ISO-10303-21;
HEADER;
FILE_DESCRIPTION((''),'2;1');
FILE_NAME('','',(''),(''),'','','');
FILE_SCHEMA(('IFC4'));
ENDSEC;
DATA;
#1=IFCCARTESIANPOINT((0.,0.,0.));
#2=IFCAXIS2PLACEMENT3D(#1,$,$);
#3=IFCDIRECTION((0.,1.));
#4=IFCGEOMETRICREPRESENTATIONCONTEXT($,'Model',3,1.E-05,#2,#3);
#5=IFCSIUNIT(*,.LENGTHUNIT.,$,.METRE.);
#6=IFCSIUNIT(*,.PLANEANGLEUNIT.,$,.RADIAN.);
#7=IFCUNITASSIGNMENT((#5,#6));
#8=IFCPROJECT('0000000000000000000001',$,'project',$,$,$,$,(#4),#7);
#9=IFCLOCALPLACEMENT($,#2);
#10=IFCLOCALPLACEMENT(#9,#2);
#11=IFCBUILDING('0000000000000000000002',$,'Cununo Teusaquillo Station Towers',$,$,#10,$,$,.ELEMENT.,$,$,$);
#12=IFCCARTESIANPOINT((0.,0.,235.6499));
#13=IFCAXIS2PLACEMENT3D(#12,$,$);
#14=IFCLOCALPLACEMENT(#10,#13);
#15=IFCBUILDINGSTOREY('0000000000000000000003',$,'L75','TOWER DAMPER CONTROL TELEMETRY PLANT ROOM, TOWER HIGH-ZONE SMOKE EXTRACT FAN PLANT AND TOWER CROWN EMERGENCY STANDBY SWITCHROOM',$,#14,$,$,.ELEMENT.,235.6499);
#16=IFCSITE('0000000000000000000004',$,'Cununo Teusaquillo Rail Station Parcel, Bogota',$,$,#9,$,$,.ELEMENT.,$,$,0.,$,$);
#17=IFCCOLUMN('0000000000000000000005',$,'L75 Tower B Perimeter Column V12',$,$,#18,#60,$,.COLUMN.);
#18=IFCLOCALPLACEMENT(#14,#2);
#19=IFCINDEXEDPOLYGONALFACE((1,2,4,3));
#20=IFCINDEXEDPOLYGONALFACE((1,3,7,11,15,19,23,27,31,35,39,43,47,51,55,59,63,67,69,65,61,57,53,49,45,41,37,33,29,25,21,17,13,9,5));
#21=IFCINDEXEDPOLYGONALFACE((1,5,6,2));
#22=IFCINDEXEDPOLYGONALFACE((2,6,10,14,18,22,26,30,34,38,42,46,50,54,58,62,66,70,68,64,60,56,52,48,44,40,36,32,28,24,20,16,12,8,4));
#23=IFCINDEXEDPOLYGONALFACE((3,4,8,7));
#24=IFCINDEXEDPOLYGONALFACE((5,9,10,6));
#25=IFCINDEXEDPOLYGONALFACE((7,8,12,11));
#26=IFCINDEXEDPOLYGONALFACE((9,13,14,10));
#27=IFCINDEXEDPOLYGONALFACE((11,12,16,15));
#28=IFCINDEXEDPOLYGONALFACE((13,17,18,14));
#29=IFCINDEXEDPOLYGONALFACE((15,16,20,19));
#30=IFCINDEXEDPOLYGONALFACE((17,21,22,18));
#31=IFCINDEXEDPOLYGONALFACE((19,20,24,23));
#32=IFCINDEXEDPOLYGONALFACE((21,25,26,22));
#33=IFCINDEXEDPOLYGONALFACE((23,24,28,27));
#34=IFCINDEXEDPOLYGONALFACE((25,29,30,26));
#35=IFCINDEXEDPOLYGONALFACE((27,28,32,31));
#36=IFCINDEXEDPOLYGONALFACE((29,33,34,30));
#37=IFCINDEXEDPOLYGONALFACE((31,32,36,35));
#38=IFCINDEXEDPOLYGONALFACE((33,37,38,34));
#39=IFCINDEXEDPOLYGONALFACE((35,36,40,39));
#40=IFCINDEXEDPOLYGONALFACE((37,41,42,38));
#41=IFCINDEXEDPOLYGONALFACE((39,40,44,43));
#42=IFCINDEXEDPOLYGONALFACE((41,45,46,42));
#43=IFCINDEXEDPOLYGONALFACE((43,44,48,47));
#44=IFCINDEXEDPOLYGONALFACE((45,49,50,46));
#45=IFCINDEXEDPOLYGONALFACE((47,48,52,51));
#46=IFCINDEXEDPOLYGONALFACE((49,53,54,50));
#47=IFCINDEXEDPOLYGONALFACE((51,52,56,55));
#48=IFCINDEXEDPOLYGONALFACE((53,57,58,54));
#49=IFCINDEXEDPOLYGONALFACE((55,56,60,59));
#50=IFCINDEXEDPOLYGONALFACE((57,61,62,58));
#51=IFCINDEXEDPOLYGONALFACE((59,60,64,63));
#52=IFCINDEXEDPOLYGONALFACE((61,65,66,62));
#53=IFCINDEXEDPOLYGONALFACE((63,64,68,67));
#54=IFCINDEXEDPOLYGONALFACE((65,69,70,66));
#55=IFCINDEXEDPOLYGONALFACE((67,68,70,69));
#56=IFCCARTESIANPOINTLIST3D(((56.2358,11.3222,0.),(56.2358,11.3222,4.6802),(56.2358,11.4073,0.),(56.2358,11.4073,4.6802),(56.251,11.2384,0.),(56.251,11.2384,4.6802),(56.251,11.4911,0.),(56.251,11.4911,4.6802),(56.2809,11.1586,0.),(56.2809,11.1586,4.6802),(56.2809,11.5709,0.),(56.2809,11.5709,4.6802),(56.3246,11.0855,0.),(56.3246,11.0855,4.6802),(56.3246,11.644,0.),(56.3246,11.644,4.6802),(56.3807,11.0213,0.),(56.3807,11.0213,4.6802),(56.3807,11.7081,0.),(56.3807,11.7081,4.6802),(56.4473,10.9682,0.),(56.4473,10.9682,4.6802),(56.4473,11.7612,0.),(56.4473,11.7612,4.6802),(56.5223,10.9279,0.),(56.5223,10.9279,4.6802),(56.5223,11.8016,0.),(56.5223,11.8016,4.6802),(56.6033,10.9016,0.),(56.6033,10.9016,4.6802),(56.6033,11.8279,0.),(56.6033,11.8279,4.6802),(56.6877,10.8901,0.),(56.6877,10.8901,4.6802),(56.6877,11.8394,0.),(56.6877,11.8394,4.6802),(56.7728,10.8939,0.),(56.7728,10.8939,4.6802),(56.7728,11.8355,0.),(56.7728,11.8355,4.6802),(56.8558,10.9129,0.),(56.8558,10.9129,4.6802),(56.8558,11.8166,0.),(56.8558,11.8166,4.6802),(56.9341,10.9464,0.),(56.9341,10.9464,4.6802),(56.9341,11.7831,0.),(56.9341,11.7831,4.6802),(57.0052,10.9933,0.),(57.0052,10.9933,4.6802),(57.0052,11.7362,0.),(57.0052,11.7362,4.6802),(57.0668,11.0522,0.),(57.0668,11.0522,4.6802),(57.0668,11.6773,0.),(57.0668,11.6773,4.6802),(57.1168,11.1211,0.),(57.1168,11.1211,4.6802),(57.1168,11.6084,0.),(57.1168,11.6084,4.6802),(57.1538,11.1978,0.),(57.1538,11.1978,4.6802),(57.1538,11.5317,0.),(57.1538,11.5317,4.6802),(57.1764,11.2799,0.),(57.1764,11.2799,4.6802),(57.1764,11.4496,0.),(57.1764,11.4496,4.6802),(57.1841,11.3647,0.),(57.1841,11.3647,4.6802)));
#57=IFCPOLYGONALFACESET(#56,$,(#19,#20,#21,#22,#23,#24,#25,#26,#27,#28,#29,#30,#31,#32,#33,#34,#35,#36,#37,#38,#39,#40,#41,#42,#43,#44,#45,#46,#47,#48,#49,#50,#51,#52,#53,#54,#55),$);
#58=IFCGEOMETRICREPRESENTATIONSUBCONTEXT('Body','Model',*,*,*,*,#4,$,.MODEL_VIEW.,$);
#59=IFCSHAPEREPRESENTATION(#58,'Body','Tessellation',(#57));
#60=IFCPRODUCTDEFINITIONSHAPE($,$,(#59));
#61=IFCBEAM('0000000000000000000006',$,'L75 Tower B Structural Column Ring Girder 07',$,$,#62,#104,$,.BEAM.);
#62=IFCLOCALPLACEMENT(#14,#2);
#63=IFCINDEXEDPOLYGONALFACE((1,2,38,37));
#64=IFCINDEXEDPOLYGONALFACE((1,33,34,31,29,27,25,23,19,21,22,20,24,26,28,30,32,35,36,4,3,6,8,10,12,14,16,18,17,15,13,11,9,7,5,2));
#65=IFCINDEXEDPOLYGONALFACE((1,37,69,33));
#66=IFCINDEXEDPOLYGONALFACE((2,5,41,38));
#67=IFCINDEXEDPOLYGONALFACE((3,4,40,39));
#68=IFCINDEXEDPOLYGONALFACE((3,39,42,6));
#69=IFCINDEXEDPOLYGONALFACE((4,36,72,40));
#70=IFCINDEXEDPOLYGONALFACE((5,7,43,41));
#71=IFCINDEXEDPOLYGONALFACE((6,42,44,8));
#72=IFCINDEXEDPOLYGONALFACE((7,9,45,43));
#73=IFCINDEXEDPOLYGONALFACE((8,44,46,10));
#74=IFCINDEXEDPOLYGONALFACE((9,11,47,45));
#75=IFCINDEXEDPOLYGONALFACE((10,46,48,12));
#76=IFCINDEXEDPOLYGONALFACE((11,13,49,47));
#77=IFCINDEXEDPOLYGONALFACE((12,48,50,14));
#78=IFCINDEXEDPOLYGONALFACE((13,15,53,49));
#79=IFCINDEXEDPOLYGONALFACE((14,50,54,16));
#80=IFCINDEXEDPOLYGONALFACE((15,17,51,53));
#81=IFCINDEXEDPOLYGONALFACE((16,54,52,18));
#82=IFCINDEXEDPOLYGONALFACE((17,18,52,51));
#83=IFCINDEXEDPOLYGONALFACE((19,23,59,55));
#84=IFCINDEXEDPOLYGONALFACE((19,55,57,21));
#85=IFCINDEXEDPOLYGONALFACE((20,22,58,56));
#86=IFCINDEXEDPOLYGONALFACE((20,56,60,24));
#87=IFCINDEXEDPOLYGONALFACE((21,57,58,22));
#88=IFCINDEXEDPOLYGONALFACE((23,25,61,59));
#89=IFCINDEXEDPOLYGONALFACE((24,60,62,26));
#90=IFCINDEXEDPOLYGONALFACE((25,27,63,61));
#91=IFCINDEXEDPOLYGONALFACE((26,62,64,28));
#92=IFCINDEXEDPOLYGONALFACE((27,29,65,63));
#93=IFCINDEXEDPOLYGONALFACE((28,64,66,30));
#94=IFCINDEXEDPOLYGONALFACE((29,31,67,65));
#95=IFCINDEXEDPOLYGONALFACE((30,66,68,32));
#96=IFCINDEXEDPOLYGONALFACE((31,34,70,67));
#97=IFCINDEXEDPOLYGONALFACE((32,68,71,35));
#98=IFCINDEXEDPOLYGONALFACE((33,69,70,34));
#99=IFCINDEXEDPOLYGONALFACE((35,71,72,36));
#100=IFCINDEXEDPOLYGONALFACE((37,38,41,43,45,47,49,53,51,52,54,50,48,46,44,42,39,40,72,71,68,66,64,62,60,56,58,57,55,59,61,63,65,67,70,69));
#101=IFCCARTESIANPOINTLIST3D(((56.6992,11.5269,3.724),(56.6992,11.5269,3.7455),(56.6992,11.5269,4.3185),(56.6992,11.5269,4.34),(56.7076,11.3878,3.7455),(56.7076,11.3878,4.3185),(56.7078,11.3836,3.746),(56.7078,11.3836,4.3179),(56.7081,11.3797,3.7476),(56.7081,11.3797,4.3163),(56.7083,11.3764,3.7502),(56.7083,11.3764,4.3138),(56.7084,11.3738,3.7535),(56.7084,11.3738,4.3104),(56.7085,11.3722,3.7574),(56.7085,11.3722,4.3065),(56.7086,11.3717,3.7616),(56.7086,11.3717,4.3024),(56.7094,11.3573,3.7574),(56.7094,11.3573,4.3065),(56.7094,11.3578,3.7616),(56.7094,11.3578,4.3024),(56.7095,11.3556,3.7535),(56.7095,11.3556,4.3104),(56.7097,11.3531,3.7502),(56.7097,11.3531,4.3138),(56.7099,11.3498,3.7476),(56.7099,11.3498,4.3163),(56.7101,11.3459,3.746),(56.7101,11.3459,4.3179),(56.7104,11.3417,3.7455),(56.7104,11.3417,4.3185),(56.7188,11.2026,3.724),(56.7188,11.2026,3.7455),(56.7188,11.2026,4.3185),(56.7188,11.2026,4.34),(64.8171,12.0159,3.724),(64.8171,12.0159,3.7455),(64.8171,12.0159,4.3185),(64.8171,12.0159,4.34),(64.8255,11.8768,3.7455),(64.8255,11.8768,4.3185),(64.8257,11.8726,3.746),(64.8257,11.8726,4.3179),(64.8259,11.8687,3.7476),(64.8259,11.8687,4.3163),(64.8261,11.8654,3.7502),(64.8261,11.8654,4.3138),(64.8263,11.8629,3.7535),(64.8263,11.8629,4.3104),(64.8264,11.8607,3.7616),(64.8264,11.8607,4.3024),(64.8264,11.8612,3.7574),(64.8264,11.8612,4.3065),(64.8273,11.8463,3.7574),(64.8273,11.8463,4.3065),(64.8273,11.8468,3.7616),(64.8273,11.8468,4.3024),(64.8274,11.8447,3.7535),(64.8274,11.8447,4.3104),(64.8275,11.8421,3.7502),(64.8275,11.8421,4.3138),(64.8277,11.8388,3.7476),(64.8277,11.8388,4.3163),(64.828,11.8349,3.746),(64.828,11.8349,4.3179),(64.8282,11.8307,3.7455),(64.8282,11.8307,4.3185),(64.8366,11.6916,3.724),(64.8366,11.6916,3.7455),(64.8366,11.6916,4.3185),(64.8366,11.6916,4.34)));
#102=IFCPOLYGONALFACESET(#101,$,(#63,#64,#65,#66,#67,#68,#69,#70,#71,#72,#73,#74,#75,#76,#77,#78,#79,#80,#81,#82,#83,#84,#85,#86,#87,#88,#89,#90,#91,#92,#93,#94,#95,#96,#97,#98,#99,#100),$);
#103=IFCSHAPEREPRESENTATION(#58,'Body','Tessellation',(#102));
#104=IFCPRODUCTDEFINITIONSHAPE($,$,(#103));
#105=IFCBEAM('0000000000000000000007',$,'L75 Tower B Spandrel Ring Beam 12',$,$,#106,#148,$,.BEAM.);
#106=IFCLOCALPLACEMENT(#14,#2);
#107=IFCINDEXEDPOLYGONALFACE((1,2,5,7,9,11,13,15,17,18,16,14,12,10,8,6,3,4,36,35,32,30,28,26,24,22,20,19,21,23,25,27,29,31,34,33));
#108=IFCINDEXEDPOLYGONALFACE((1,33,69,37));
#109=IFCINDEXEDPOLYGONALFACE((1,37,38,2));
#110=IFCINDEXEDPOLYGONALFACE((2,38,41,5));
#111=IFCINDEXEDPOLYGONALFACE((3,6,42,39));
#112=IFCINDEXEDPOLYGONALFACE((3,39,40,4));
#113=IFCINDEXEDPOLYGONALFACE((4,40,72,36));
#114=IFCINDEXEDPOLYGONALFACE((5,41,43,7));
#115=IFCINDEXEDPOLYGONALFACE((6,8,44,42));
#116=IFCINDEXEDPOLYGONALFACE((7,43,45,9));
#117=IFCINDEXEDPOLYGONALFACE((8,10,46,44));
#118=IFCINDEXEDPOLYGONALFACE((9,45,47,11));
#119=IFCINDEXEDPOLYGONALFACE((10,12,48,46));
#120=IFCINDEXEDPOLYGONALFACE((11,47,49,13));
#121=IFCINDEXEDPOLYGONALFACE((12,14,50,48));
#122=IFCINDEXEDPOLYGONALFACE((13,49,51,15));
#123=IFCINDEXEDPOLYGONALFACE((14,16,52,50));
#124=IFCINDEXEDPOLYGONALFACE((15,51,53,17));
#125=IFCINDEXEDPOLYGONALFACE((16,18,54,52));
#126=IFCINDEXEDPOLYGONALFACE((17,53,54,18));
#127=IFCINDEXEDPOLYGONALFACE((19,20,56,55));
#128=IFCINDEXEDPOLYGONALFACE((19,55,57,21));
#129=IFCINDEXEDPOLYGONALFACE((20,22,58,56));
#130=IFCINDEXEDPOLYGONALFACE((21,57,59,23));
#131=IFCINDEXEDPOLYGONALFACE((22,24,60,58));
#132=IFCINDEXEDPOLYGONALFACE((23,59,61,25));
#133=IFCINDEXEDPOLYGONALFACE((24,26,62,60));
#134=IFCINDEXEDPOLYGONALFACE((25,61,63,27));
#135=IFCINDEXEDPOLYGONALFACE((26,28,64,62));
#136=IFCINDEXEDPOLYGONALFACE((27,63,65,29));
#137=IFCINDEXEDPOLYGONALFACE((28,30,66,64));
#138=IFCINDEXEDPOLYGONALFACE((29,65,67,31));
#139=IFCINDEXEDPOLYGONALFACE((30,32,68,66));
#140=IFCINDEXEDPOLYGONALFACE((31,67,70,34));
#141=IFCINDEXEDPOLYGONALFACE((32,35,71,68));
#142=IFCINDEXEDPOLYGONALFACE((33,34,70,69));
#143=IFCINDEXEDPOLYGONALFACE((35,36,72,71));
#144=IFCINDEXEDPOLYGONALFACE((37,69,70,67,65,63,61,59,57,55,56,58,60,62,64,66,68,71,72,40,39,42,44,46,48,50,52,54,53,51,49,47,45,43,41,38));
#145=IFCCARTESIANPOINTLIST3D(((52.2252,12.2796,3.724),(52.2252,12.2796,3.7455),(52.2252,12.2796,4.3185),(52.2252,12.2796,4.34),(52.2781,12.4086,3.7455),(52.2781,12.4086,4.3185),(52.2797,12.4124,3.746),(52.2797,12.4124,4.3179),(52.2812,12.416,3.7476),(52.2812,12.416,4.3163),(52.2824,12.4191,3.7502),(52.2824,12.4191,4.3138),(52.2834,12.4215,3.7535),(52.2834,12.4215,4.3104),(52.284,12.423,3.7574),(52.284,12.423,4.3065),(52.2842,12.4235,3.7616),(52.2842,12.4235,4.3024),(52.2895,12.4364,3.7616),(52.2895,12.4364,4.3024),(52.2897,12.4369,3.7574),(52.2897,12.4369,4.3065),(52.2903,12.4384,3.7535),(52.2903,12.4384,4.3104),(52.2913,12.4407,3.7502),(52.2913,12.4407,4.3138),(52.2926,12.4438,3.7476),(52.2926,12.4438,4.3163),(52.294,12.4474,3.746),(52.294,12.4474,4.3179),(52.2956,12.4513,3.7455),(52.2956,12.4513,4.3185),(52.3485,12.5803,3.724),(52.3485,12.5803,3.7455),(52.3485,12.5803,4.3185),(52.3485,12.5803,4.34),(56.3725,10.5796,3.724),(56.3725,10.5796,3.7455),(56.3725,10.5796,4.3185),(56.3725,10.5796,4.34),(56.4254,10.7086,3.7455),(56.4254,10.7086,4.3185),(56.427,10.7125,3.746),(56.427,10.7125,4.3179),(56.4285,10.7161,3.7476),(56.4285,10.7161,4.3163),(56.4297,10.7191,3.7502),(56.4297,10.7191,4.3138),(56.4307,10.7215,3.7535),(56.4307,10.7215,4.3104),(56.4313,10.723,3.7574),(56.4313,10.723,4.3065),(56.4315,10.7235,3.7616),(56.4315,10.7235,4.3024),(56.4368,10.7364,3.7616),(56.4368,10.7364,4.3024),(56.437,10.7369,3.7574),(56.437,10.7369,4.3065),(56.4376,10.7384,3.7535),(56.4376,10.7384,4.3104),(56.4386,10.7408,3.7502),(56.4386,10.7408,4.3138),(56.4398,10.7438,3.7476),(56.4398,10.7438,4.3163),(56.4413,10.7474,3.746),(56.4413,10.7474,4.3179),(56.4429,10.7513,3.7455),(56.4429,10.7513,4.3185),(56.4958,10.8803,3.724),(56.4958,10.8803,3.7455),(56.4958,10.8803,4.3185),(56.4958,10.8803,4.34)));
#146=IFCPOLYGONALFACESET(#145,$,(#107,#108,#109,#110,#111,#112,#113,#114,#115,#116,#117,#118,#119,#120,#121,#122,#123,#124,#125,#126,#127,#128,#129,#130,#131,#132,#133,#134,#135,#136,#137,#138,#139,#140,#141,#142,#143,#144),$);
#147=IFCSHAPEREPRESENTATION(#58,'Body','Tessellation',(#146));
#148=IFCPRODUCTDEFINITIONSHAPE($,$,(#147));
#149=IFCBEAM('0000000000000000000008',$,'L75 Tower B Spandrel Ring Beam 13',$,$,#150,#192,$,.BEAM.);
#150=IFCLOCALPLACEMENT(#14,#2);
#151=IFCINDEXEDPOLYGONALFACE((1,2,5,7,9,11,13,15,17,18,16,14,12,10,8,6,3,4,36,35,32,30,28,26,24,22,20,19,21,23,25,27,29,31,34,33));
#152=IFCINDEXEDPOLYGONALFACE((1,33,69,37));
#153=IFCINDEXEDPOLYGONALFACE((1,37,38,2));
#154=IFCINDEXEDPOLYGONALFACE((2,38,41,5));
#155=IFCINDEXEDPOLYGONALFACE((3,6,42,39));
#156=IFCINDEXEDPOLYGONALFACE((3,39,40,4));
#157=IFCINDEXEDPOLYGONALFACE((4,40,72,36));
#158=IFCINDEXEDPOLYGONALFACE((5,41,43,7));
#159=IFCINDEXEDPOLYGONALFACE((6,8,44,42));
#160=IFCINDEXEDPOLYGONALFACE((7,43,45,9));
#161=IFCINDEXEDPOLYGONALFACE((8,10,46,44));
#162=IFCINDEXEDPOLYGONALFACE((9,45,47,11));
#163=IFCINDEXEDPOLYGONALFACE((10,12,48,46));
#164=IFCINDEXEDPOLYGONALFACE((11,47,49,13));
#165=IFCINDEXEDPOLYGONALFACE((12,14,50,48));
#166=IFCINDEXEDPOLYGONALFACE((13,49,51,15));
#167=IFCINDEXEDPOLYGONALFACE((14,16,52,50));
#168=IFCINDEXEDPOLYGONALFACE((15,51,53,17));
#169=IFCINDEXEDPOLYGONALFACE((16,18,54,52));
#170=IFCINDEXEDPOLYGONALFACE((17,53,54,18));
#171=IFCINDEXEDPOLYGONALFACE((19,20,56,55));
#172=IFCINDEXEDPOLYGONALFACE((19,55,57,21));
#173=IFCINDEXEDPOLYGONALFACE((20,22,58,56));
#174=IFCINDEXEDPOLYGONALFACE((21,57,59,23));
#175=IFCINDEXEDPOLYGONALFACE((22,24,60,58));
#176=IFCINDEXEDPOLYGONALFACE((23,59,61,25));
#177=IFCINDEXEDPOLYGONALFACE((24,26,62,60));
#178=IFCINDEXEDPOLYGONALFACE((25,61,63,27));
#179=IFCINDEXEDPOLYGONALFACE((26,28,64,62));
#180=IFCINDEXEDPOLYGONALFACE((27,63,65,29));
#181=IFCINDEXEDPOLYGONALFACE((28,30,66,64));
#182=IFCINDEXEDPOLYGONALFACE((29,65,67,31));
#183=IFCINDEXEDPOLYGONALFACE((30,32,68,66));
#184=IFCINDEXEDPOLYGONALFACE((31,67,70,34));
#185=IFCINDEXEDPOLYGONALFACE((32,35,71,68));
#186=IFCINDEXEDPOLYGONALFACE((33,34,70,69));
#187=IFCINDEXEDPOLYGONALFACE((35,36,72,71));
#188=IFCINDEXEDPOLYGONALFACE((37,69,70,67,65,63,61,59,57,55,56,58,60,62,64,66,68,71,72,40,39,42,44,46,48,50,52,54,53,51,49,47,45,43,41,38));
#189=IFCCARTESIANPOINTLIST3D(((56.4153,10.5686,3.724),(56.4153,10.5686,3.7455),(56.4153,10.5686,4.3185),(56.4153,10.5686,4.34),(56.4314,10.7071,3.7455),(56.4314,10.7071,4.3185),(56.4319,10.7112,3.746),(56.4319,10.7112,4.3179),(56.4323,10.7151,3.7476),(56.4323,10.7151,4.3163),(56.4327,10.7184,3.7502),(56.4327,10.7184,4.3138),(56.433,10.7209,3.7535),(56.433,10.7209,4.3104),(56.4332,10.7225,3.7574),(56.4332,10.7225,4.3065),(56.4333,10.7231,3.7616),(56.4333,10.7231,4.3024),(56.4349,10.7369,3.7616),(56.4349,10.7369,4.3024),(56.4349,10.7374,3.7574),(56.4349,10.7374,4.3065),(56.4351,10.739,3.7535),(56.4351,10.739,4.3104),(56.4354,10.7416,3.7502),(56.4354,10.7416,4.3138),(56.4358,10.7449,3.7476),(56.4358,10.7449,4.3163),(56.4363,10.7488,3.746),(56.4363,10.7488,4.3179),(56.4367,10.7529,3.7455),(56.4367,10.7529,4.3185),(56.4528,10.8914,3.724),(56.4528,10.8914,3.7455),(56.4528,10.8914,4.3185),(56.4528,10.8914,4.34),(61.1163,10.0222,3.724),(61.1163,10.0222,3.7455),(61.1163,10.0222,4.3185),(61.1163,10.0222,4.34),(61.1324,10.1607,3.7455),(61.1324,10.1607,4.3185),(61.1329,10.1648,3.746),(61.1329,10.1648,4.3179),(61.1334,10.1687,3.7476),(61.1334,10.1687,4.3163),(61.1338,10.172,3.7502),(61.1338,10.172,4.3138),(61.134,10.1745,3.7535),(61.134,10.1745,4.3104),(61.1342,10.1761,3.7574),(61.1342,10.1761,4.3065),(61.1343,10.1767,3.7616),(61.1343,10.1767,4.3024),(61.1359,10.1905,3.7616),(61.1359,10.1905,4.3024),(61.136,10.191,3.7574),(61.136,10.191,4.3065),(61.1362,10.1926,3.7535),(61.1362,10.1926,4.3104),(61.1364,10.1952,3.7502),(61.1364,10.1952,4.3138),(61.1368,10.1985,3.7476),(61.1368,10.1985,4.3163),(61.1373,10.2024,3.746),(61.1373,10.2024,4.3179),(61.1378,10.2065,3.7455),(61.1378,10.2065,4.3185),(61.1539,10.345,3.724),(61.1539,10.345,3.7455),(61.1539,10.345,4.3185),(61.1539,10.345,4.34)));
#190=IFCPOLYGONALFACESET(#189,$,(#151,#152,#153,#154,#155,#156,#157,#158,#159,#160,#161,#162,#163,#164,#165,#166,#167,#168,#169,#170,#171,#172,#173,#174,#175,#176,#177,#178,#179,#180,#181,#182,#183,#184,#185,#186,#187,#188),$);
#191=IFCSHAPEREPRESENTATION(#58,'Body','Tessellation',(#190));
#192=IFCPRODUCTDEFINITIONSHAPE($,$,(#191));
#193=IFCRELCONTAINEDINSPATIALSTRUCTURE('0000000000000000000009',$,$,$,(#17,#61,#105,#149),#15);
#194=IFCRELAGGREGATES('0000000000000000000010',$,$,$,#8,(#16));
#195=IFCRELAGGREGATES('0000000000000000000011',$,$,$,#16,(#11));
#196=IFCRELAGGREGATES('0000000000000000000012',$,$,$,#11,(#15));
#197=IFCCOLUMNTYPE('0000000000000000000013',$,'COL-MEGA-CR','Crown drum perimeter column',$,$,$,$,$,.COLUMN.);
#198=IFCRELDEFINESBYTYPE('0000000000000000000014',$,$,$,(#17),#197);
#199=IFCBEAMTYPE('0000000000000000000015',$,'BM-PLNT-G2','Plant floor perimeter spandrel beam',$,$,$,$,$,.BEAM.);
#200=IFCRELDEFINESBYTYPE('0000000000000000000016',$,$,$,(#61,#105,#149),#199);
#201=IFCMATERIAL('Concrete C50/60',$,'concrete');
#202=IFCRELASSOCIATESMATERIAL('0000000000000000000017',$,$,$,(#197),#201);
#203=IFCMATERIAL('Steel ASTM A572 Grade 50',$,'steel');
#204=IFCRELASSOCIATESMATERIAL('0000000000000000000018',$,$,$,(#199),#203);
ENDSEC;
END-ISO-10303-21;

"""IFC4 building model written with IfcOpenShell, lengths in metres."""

from ifc_helpers import new_model, si_unit, direction, frame, origin, origin_2d, place, context, subcontext, project, spatial, circle, i_section, extrude, material, material_profile, profile_set, type_object, element, save


model = new_model("IFC4")

# Units and contexts
model_context = context("Model", 3, precision=1e-05, world=origin(), true_north=direction((0.0, 1.0)))
body_context = subcontext(model_context, "Body", "Model", "MODEL_VIEW")
ifc_project = project(units=[si_unit("LENGTHUNIT", "METRE"), si_unit("PLANEANGLEUNIT", "RADIAN")], contexts=[model_context])

# Site, building, storey
site_placement = place(None, origin())
site = spatial("IfcSite", under=ifc_project, at=site_placement, Name="Cununo Teusaquillo Rail Station Parcel, Bogota", CompositionType="ELEMENT", RefElevation=0.0)
building_placement = place(site_placement, origin())
building = spatial("IfcBuilding", under=site, at=building_placement, Name="Cununo Teusaquillo Station Towers", CompositionType="ELEMENT")
storey_placement = place(building_placement, frame((0.0, 0.0, 235.6499)))
storey = spatial("IfcBuildingStorey", under=building, at=storey_placement, Name="L75", Description="TOWER DAMPER CONTROL TELEMETRY PLANT ROOM, TOWER HIGH-ZONE SMOKE EXTRACT FAN PLANT AND TOWER CROWN EMERGENCY STANDBY SWITCHROOM", CompositionType="ELEMENT", Elevation=235.6499)

# Column
ifc_material_1 = material(Name="Concrete C50/60", Category="concrete")
ifc_material_profile_1 = material_profile(ifc_material_1, circle(Radius=0.4751, at=origin_2d()), Name="RC-CIRC-950")
ifc_profile_set_1 = profile_set([ifc_material_profile_1], Name="Concrete C50/60")
column_type = type_object("IfcColumnType", Name="COL-MEGA-CR", Description="Crown drum perimeter column", PredefinedType="COLUMN", material=ifc_profile_set_1)
column_placement = place(storey_placement, frame((56.709, 11.3647, 0.0), z_axis=(0.0, 0.0, 1.0), x_axis=(1.0, 0.0, 0.0)))
element("IfcColumn", 1, at=column_placement, inside=storey, type_object=column_type, Name="L75 Tower B Perimeter Column V12", PredefinedType="COLUMN", context=body_context, shape_type="SweptSolid", body=[
    extrude(circle(Radius=0.4751, at=origin_2d()), origin(), (0.0, 0.0, 1.0), 4.6802),
])

# Beams
ifc_material_2 = material(Name="Steel ASTM A572 Grade 50", Category="steel")
ifc_material_profile_2 = material_profile(ifc_material_2, i_section(OverallWidth=0.325, OverallDepth=0.616, WebThickness=0.0139, FlangeThickness=0.0215, FilletRadius=0.0161, at=origin_2d()), Name="W24X117")
ifc_profile_set_2 = profile_set([ifc_material_profile_2], Name="Steel ASTM A572 Grade 50")
beam_type = type_object("IfcBeamType", Name="BM-PLNT-G2", Description="Plant floor perimeter spandrel beam", PredefinedType="BEAM", material=ifc_profile_set_2)
beam_1_placement = place(storey_placement, frame((56.709, 11.3647, 4.032), z_axis=(0.998191, 0.06013, 0.0), x_axis=(-0.06013, 0.998191, 0.0)))
element("IfcBeam", 2, at=beam_1_placement, inside=storey, type_object=beam_type, Name="L75 Tower B Structural Column Ring Girder 07", PredefinedType="BEAM", context=body_context, shape_type="SweptSolid", body=[
    extrude(i_section(OverallWidth=0.325, OverallDepth=0.616, WebThickness=0.0139, FlangeThickness=0.0215, FilletRadius=0.0161, at=origin_2d()), origin(), (0.0, 0.0, 1.0), 8.1326),
])
beam_2_placement = place(storey_placement, frame((52.2869, 12.4299, 4.032), z_axis=(0.925284, -0.379275, 0.0), x_axis=(0.379275, 0.925284, 0.0)))
element("IfcBeam", 3, at=beam_2_placement, inside=storey, type_object=beam_type, Name="L75 Tower B Spandrel Ring Beam 12", PredefinedType="BEAM", context=body_context, shape_type="SweptSolid", body=[
    extrude(i_section(OverallWidth=0.325, OverallDepth=0.616, WebThickness=0.0139, FlangeThickness=0.0215, FilletRadius=0.0161, at=origin_2d()), origin(), (0.0, 0.0, 1.0), 4.4822),
])
beam_3_placement = place(storey_placement, frame((56.4341, 10.73, 4.032), z_axis=(0.993313, -0.115452, 0.0), x_axis=(0.115452, 0.993313, 0.0)))
element("IfcBeam", 4, at=beam_3_placement, inside=storey, type_object=beam_type, Name="L75 Tower B Spandrel Ring Beam 13", PredefinedType="BEAM", context=body_context, shape_type="SweptSolid", body=[
    extrude(i_section(OverallWidth=0.325, OverallDepth=0.616, WebThickness=0.0139, FlangeThickness=0.0215, FilletRadius=0.0161, at=origin_2d()), origin(), (0.0, 0.0, 1.0), 4.7327),
])

save(model, "model.ifc")
